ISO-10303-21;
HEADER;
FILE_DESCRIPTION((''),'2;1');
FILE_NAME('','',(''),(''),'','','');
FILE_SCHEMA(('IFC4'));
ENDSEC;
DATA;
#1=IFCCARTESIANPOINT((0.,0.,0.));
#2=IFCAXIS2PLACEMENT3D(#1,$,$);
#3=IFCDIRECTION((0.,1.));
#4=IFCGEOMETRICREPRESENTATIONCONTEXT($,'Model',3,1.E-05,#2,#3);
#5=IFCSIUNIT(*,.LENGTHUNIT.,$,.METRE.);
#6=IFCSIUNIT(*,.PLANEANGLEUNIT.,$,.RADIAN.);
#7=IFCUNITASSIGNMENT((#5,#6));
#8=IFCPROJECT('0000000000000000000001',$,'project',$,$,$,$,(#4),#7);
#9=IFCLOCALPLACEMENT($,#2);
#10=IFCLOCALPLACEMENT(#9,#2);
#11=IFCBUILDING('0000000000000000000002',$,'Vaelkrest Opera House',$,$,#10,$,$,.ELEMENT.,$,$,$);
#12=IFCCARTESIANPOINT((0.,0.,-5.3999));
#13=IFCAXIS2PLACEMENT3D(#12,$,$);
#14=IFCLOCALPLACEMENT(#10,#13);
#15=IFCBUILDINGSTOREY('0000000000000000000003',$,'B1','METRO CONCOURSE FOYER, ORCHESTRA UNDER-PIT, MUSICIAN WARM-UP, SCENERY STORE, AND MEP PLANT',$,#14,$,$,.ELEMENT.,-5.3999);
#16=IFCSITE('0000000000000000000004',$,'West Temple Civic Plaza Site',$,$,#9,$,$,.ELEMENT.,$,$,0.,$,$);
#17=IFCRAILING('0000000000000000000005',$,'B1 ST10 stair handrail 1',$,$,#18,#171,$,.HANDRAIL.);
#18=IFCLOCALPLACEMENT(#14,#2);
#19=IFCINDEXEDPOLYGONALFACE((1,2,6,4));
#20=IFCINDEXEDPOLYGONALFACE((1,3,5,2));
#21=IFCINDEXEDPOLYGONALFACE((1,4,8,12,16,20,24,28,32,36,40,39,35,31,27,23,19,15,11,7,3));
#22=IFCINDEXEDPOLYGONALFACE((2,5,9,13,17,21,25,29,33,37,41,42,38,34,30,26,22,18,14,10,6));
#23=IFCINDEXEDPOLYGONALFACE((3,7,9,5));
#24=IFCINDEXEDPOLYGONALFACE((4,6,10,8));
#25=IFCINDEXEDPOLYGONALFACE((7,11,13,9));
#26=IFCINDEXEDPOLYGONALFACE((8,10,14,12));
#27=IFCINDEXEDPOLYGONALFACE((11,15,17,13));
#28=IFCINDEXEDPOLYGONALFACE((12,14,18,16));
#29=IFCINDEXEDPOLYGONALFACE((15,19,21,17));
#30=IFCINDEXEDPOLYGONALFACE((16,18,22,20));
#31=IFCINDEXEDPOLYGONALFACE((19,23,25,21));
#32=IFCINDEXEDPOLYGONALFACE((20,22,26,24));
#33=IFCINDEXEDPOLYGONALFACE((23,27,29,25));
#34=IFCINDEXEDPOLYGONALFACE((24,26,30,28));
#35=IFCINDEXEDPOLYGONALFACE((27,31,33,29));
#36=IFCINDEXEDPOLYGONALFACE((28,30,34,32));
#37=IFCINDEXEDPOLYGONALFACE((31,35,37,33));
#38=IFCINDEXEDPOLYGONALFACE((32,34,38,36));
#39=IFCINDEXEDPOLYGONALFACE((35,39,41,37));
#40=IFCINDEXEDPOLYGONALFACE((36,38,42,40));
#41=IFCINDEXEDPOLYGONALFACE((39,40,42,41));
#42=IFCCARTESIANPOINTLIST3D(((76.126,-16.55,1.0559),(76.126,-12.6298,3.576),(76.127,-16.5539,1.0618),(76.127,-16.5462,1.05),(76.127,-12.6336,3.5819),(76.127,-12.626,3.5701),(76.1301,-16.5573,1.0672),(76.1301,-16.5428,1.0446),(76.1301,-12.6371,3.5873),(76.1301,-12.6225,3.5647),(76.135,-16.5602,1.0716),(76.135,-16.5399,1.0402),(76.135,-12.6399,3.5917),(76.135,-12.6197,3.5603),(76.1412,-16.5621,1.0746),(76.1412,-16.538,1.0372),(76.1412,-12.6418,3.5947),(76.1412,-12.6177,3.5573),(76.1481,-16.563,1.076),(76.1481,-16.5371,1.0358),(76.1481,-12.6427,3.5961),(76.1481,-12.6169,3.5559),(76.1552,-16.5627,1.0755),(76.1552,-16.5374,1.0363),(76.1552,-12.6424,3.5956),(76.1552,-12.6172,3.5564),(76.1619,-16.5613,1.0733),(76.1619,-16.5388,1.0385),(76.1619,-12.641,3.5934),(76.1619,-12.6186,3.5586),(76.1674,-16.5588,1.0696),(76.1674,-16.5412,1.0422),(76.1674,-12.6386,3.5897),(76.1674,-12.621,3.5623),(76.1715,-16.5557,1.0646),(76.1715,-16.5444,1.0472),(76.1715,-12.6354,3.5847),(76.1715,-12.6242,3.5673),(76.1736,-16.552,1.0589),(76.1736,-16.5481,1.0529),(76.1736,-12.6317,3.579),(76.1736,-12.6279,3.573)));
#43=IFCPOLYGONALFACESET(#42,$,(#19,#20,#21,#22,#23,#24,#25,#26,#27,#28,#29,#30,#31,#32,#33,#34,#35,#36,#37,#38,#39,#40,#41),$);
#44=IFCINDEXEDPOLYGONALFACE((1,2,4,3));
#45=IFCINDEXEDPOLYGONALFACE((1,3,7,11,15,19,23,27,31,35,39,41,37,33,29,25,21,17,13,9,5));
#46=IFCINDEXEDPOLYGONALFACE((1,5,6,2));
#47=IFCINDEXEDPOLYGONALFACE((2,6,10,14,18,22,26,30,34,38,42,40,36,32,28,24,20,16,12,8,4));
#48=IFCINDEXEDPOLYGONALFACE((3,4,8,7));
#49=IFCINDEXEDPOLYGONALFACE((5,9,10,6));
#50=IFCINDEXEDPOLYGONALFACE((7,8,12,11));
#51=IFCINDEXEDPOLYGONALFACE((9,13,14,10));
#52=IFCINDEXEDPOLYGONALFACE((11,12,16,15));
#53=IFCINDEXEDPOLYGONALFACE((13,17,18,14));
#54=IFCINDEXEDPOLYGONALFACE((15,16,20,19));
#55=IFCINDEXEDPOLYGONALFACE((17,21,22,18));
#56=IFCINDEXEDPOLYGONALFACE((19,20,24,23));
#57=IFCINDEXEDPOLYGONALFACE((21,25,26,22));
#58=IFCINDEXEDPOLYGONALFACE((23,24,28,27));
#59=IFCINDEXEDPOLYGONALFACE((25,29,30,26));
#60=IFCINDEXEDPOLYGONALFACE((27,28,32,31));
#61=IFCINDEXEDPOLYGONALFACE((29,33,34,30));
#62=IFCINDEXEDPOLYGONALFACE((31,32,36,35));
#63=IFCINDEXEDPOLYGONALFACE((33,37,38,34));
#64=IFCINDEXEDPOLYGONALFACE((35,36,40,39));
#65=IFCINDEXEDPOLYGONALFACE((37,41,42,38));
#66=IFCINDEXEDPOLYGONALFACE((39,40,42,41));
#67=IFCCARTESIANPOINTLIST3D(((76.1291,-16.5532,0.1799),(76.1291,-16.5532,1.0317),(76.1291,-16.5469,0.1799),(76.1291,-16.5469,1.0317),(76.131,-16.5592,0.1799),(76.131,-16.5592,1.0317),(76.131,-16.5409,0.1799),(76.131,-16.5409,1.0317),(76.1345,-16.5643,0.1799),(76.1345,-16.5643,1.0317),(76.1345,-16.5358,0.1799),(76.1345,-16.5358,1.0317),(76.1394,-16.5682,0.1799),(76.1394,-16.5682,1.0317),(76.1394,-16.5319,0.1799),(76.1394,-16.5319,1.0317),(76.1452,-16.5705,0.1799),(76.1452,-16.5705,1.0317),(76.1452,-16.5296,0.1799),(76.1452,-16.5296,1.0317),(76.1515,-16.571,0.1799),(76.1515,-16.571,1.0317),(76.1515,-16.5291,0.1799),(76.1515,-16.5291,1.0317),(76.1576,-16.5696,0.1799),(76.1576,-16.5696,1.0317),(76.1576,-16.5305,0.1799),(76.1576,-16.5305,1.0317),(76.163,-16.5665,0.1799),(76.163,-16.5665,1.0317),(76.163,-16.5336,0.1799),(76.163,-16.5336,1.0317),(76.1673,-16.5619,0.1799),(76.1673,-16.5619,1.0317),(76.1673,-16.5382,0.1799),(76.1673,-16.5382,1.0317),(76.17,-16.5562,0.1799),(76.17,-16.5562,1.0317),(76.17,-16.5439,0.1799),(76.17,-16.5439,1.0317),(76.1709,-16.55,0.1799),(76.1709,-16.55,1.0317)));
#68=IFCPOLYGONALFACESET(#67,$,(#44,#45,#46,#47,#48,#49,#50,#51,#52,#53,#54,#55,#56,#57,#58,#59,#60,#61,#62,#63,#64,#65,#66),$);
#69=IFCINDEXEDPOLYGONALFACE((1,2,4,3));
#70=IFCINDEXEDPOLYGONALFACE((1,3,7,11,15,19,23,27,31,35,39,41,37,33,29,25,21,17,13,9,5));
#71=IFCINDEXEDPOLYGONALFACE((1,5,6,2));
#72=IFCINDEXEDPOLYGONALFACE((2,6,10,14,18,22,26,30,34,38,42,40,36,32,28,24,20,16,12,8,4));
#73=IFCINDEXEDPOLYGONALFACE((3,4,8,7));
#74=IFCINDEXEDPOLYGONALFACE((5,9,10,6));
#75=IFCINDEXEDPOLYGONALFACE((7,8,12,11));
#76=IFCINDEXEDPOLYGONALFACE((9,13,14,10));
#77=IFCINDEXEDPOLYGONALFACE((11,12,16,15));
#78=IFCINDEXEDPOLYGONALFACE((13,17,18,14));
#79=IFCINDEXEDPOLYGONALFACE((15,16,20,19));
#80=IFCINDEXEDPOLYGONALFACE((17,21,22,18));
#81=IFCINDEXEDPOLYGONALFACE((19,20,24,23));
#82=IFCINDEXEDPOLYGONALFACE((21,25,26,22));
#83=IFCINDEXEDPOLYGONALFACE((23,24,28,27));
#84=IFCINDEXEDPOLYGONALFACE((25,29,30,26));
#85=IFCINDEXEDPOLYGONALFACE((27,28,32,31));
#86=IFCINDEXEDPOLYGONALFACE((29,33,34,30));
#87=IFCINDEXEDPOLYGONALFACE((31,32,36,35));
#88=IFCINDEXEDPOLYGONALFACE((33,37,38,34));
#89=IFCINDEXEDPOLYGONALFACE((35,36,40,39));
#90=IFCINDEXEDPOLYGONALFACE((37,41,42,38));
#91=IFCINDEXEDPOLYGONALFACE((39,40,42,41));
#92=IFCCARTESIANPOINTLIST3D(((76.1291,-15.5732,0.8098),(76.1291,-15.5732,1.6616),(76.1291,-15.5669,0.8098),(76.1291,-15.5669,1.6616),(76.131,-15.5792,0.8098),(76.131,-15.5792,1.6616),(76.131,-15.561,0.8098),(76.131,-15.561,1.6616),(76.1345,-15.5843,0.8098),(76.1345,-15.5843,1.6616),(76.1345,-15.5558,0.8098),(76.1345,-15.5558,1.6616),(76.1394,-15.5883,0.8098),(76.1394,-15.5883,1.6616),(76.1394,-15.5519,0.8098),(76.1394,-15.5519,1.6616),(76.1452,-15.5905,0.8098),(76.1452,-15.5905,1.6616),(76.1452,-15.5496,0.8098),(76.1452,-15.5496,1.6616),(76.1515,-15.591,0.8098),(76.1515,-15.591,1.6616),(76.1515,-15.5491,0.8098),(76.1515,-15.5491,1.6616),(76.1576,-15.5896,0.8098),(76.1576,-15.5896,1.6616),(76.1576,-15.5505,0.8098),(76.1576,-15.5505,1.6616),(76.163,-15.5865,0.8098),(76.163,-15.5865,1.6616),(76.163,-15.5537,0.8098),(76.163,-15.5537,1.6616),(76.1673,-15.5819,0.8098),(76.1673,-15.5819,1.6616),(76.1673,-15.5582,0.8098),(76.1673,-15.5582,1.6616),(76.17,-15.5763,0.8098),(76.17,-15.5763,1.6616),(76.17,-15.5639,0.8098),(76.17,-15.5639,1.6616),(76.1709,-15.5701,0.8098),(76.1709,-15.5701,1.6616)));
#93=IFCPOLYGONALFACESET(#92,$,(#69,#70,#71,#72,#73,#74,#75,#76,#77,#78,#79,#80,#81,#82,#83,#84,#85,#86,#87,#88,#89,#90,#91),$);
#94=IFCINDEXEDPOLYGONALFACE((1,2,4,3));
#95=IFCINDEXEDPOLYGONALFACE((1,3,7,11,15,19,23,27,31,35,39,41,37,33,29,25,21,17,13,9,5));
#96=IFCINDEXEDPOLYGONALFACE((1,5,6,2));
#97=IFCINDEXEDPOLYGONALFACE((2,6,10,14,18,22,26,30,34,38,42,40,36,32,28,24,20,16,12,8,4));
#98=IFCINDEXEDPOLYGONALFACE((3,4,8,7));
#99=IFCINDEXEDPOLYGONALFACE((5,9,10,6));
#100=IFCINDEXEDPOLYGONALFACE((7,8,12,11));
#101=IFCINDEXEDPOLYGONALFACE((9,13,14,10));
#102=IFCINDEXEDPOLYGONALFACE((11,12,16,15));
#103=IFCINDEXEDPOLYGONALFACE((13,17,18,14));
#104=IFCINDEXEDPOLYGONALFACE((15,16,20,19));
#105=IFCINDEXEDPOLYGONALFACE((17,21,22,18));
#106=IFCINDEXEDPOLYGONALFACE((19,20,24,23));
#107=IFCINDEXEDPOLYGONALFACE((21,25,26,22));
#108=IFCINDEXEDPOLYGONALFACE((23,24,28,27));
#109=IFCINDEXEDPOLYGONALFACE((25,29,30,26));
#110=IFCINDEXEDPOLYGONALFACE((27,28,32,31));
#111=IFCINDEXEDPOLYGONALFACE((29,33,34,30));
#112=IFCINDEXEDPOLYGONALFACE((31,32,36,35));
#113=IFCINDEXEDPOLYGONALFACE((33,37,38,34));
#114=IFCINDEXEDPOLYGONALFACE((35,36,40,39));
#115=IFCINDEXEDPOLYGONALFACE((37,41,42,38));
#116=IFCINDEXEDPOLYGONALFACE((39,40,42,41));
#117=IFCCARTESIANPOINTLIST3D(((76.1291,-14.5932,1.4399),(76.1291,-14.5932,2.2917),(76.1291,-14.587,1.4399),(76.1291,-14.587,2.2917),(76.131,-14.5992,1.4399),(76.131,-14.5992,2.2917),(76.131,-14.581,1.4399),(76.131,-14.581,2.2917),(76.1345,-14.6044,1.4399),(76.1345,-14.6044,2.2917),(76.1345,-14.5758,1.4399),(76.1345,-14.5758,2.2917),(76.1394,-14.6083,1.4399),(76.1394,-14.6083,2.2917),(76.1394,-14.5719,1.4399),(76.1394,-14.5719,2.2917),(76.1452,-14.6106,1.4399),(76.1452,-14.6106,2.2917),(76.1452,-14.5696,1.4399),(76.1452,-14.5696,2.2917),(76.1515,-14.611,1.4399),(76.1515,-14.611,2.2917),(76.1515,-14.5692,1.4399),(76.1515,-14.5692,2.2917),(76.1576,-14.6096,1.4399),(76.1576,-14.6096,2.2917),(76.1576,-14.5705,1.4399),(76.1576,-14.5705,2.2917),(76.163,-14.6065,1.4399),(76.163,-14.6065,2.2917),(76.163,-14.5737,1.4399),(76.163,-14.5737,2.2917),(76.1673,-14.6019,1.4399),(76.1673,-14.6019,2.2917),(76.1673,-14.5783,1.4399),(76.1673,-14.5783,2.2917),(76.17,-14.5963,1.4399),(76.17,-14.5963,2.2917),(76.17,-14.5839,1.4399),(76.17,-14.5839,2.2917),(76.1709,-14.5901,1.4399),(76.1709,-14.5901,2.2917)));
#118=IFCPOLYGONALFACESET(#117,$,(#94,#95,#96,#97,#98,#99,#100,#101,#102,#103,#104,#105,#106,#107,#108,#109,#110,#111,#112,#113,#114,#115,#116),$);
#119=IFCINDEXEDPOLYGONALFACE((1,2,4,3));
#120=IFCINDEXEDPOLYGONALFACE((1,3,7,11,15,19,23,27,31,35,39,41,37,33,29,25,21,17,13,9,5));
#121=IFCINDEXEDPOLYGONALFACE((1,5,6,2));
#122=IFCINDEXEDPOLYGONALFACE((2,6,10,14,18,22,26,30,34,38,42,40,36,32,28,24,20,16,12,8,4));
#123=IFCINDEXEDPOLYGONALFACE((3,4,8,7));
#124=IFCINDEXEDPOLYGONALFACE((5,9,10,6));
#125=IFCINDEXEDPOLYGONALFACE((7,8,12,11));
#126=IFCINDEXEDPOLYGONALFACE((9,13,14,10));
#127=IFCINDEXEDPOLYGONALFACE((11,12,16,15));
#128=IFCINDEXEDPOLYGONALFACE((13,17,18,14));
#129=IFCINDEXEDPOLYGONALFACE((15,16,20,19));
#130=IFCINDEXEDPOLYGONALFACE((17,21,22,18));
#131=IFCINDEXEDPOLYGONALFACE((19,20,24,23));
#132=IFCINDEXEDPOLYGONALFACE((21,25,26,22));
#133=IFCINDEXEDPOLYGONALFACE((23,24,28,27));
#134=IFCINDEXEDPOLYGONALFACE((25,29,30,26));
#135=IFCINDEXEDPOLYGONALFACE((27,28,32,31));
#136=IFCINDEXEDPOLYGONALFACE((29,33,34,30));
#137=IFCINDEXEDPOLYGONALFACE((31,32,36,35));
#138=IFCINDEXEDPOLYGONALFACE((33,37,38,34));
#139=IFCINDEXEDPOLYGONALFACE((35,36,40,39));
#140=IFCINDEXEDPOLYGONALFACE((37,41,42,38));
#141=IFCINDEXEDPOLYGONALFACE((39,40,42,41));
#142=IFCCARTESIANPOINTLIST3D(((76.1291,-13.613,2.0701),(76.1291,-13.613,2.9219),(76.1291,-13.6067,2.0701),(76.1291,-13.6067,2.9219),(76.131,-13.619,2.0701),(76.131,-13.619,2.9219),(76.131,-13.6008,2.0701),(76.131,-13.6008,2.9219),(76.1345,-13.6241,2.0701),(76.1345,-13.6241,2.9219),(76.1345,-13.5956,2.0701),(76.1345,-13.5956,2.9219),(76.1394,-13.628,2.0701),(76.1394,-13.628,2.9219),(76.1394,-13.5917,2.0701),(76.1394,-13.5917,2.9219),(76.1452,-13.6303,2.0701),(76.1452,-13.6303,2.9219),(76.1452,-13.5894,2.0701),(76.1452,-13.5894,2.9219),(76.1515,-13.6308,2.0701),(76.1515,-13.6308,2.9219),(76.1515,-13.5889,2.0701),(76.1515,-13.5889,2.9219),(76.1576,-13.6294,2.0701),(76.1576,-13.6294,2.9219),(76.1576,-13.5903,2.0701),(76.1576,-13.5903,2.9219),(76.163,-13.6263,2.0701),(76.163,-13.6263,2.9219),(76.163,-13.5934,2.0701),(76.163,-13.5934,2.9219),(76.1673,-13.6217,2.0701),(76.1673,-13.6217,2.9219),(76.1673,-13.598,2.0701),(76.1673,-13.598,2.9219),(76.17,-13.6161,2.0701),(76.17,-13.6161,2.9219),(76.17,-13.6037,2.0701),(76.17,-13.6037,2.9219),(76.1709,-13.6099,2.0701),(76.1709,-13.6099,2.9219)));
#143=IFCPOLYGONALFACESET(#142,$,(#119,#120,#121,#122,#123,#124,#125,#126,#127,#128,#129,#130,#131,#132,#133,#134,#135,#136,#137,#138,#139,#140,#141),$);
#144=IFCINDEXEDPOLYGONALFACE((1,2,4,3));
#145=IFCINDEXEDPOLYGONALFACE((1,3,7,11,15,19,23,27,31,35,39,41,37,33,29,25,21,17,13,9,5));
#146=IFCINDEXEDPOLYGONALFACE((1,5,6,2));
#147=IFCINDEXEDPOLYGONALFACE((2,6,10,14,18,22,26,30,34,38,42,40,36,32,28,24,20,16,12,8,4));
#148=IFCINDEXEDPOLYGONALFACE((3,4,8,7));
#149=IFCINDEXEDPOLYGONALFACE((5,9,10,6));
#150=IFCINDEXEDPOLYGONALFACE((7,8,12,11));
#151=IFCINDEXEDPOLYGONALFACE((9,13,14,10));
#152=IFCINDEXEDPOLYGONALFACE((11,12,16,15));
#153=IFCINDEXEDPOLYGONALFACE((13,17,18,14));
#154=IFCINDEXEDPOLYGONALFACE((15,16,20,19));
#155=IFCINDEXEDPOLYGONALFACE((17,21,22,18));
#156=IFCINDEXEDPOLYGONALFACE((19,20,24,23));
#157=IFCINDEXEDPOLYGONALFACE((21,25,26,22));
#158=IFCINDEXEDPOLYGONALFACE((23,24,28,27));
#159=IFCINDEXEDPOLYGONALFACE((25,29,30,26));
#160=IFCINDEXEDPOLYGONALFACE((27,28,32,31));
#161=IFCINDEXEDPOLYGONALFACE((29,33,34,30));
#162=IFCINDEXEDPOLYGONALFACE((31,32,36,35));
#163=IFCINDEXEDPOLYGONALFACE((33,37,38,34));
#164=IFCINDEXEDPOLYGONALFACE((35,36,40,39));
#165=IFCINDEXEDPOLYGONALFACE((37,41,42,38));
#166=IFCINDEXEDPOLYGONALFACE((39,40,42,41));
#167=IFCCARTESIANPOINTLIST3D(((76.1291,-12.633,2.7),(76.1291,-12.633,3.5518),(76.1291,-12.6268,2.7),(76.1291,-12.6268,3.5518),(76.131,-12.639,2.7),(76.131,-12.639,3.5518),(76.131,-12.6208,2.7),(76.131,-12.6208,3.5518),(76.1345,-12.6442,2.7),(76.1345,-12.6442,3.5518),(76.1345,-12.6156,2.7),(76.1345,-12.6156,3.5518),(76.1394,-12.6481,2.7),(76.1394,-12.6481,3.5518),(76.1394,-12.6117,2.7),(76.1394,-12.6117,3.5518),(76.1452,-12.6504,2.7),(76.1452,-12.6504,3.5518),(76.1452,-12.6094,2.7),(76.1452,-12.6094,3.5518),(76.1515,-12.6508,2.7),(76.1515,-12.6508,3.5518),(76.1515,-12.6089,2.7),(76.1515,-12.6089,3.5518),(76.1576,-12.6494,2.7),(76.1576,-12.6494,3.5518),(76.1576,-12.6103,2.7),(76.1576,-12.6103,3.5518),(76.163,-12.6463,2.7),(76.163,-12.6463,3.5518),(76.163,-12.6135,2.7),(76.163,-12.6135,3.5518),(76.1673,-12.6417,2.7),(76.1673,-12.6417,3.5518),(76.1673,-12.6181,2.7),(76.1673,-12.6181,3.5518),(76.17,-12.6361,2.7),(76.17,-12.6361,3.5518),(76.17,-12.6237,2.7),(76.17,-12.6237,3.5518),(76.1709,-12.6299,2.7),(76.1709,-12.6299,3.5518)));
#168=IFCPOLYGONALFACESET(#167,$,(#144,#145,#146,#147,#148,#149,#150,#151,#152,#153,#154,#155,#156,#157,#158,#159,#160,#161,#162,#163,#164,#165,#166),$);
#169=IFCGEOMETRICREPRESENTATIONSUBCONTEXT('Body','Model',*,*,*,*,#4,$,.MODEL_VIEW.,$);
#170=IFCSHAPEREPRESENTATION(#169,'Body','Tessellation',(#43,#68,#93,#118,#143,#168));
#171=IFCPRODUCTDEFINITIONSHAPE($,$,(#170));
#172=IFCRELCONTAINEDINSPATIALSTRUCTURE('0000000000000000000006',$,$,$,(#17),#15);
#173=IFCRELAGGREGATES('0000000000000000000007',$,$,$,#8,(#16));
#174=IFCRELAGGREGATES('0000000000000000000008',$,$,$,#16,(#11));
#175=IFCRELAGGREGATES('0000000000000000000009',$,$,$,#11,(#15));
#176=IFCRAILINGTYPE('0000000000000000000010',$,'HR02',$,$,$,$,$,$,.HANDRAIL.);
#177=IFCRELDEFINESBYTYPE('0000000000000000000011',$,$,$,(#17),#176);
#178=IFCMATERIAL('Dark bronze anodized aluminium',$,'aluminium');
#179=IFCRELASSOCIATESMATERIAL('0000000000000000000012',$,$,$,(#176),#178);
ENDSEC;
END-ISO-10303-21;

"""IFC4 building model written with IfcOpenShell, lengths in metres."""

from ifc_helpers import new_model, si_unit, direction, frame, origin, origin_2d, place, context, subcontext, project, spatial, circle, extrude, material, type_object, element, save


model = new_model("IFC4")

# Units and contexts
model_context = context("Model", 3, precision=1e-05, world=origin(), true_north=direction((0.0, 1.0)))
body_context = subcontext(model_context, "Body", "Model", "MODEL_VIEW")
ifc_project = project(units=[si_unit("LENGTHUNIT", "METRE"), si_unit("PLANEANGLEUNIT", "RADIAN")], contexts=[model_context])

# Site, building, storey
site_placement = place(None, origin())
site = spatial("IfcSite", under=ifc_project, at=site_placement, Name="West Temple Civic Plaza Site", CompositionType="ELEMENT", RefElevation=0.0)
building_placement = place(site_placement, origin())
building = spatial("IfcBuilding", under=site, at=building_placement, Name="Vaelkrest Opera House", CompositionType="ELEMENT")
storey_placement = place(building_placement, frame((0.0, 0.0, -5.3999)))
storey = spatial("IfcBuildingStorey", under=building, at=storey_placement, Name="B1", Description="METRO CONCOURSE FOYER, ORCHESTRA UNDER-PIT, MUSICIAN WARM-UP, SCENERY STORE, AND MEP PLANT", CompositionType="ELEMENT", Elevation=-5.3999)

# Railing
ifc_material_1 = material(Name="Dark bronze anodized aluminium", Category="aluminium")
railing_type_1 = type_object("IfcRailingType", Name="HR02", PredefinedType="HANDRAIL", material=ifc_material_1)
railing_1_placement = place(storey_placement, frame((76.1499, -16.55, 0.1799)))
element("IfcRailing", 1, at=railing_1_placement, inside=storey, type_object=railing_type_1, Name="B1 ST10 stair handrail 1", PredefinedType="HANDRAIL", context=body_context, shape_type="SweptSolid", body=[
    extrude(circle(Radius=0.0239, at=origin_2d()), frame((0.0, 0.0, 0.876), z_axis=(0.0, 0.841187, 0.540744), x_axis=(-1.0, 0.0, 0.0)), (0.0, 0.0, 1.0), 4.6604),
    extrude(circle(Radius=0.021, at=origin_2d()), origin(), (0.0, 0.0, 1.0), 0.8518),
    extrude(circle(Radius=0.021, at=origin_2d()), frame((0.0, 0.98, 0.6299)), (0.0, 0.0, 1.0), 0.8518),
    extrude(circle(Radius=0.021, at=origin_2d()), frame((0.0, 1.96, 1.26)), (0.0, 0.0, 1.0), 0.8518),
    extrude(circle(Radius=0.021, at=origin_2d()), frame((0.0, 2.9402, 1.8901)), (0.0, 0.0, 1.0), 0.8518),
    extrude(circle(Radius=0.021, at=origin_2d()), frame((0.0, 3.9202, 2.52)), (0.0, 0.0, 1.0), 0.8518),
])

save(model, "model.ifc")
